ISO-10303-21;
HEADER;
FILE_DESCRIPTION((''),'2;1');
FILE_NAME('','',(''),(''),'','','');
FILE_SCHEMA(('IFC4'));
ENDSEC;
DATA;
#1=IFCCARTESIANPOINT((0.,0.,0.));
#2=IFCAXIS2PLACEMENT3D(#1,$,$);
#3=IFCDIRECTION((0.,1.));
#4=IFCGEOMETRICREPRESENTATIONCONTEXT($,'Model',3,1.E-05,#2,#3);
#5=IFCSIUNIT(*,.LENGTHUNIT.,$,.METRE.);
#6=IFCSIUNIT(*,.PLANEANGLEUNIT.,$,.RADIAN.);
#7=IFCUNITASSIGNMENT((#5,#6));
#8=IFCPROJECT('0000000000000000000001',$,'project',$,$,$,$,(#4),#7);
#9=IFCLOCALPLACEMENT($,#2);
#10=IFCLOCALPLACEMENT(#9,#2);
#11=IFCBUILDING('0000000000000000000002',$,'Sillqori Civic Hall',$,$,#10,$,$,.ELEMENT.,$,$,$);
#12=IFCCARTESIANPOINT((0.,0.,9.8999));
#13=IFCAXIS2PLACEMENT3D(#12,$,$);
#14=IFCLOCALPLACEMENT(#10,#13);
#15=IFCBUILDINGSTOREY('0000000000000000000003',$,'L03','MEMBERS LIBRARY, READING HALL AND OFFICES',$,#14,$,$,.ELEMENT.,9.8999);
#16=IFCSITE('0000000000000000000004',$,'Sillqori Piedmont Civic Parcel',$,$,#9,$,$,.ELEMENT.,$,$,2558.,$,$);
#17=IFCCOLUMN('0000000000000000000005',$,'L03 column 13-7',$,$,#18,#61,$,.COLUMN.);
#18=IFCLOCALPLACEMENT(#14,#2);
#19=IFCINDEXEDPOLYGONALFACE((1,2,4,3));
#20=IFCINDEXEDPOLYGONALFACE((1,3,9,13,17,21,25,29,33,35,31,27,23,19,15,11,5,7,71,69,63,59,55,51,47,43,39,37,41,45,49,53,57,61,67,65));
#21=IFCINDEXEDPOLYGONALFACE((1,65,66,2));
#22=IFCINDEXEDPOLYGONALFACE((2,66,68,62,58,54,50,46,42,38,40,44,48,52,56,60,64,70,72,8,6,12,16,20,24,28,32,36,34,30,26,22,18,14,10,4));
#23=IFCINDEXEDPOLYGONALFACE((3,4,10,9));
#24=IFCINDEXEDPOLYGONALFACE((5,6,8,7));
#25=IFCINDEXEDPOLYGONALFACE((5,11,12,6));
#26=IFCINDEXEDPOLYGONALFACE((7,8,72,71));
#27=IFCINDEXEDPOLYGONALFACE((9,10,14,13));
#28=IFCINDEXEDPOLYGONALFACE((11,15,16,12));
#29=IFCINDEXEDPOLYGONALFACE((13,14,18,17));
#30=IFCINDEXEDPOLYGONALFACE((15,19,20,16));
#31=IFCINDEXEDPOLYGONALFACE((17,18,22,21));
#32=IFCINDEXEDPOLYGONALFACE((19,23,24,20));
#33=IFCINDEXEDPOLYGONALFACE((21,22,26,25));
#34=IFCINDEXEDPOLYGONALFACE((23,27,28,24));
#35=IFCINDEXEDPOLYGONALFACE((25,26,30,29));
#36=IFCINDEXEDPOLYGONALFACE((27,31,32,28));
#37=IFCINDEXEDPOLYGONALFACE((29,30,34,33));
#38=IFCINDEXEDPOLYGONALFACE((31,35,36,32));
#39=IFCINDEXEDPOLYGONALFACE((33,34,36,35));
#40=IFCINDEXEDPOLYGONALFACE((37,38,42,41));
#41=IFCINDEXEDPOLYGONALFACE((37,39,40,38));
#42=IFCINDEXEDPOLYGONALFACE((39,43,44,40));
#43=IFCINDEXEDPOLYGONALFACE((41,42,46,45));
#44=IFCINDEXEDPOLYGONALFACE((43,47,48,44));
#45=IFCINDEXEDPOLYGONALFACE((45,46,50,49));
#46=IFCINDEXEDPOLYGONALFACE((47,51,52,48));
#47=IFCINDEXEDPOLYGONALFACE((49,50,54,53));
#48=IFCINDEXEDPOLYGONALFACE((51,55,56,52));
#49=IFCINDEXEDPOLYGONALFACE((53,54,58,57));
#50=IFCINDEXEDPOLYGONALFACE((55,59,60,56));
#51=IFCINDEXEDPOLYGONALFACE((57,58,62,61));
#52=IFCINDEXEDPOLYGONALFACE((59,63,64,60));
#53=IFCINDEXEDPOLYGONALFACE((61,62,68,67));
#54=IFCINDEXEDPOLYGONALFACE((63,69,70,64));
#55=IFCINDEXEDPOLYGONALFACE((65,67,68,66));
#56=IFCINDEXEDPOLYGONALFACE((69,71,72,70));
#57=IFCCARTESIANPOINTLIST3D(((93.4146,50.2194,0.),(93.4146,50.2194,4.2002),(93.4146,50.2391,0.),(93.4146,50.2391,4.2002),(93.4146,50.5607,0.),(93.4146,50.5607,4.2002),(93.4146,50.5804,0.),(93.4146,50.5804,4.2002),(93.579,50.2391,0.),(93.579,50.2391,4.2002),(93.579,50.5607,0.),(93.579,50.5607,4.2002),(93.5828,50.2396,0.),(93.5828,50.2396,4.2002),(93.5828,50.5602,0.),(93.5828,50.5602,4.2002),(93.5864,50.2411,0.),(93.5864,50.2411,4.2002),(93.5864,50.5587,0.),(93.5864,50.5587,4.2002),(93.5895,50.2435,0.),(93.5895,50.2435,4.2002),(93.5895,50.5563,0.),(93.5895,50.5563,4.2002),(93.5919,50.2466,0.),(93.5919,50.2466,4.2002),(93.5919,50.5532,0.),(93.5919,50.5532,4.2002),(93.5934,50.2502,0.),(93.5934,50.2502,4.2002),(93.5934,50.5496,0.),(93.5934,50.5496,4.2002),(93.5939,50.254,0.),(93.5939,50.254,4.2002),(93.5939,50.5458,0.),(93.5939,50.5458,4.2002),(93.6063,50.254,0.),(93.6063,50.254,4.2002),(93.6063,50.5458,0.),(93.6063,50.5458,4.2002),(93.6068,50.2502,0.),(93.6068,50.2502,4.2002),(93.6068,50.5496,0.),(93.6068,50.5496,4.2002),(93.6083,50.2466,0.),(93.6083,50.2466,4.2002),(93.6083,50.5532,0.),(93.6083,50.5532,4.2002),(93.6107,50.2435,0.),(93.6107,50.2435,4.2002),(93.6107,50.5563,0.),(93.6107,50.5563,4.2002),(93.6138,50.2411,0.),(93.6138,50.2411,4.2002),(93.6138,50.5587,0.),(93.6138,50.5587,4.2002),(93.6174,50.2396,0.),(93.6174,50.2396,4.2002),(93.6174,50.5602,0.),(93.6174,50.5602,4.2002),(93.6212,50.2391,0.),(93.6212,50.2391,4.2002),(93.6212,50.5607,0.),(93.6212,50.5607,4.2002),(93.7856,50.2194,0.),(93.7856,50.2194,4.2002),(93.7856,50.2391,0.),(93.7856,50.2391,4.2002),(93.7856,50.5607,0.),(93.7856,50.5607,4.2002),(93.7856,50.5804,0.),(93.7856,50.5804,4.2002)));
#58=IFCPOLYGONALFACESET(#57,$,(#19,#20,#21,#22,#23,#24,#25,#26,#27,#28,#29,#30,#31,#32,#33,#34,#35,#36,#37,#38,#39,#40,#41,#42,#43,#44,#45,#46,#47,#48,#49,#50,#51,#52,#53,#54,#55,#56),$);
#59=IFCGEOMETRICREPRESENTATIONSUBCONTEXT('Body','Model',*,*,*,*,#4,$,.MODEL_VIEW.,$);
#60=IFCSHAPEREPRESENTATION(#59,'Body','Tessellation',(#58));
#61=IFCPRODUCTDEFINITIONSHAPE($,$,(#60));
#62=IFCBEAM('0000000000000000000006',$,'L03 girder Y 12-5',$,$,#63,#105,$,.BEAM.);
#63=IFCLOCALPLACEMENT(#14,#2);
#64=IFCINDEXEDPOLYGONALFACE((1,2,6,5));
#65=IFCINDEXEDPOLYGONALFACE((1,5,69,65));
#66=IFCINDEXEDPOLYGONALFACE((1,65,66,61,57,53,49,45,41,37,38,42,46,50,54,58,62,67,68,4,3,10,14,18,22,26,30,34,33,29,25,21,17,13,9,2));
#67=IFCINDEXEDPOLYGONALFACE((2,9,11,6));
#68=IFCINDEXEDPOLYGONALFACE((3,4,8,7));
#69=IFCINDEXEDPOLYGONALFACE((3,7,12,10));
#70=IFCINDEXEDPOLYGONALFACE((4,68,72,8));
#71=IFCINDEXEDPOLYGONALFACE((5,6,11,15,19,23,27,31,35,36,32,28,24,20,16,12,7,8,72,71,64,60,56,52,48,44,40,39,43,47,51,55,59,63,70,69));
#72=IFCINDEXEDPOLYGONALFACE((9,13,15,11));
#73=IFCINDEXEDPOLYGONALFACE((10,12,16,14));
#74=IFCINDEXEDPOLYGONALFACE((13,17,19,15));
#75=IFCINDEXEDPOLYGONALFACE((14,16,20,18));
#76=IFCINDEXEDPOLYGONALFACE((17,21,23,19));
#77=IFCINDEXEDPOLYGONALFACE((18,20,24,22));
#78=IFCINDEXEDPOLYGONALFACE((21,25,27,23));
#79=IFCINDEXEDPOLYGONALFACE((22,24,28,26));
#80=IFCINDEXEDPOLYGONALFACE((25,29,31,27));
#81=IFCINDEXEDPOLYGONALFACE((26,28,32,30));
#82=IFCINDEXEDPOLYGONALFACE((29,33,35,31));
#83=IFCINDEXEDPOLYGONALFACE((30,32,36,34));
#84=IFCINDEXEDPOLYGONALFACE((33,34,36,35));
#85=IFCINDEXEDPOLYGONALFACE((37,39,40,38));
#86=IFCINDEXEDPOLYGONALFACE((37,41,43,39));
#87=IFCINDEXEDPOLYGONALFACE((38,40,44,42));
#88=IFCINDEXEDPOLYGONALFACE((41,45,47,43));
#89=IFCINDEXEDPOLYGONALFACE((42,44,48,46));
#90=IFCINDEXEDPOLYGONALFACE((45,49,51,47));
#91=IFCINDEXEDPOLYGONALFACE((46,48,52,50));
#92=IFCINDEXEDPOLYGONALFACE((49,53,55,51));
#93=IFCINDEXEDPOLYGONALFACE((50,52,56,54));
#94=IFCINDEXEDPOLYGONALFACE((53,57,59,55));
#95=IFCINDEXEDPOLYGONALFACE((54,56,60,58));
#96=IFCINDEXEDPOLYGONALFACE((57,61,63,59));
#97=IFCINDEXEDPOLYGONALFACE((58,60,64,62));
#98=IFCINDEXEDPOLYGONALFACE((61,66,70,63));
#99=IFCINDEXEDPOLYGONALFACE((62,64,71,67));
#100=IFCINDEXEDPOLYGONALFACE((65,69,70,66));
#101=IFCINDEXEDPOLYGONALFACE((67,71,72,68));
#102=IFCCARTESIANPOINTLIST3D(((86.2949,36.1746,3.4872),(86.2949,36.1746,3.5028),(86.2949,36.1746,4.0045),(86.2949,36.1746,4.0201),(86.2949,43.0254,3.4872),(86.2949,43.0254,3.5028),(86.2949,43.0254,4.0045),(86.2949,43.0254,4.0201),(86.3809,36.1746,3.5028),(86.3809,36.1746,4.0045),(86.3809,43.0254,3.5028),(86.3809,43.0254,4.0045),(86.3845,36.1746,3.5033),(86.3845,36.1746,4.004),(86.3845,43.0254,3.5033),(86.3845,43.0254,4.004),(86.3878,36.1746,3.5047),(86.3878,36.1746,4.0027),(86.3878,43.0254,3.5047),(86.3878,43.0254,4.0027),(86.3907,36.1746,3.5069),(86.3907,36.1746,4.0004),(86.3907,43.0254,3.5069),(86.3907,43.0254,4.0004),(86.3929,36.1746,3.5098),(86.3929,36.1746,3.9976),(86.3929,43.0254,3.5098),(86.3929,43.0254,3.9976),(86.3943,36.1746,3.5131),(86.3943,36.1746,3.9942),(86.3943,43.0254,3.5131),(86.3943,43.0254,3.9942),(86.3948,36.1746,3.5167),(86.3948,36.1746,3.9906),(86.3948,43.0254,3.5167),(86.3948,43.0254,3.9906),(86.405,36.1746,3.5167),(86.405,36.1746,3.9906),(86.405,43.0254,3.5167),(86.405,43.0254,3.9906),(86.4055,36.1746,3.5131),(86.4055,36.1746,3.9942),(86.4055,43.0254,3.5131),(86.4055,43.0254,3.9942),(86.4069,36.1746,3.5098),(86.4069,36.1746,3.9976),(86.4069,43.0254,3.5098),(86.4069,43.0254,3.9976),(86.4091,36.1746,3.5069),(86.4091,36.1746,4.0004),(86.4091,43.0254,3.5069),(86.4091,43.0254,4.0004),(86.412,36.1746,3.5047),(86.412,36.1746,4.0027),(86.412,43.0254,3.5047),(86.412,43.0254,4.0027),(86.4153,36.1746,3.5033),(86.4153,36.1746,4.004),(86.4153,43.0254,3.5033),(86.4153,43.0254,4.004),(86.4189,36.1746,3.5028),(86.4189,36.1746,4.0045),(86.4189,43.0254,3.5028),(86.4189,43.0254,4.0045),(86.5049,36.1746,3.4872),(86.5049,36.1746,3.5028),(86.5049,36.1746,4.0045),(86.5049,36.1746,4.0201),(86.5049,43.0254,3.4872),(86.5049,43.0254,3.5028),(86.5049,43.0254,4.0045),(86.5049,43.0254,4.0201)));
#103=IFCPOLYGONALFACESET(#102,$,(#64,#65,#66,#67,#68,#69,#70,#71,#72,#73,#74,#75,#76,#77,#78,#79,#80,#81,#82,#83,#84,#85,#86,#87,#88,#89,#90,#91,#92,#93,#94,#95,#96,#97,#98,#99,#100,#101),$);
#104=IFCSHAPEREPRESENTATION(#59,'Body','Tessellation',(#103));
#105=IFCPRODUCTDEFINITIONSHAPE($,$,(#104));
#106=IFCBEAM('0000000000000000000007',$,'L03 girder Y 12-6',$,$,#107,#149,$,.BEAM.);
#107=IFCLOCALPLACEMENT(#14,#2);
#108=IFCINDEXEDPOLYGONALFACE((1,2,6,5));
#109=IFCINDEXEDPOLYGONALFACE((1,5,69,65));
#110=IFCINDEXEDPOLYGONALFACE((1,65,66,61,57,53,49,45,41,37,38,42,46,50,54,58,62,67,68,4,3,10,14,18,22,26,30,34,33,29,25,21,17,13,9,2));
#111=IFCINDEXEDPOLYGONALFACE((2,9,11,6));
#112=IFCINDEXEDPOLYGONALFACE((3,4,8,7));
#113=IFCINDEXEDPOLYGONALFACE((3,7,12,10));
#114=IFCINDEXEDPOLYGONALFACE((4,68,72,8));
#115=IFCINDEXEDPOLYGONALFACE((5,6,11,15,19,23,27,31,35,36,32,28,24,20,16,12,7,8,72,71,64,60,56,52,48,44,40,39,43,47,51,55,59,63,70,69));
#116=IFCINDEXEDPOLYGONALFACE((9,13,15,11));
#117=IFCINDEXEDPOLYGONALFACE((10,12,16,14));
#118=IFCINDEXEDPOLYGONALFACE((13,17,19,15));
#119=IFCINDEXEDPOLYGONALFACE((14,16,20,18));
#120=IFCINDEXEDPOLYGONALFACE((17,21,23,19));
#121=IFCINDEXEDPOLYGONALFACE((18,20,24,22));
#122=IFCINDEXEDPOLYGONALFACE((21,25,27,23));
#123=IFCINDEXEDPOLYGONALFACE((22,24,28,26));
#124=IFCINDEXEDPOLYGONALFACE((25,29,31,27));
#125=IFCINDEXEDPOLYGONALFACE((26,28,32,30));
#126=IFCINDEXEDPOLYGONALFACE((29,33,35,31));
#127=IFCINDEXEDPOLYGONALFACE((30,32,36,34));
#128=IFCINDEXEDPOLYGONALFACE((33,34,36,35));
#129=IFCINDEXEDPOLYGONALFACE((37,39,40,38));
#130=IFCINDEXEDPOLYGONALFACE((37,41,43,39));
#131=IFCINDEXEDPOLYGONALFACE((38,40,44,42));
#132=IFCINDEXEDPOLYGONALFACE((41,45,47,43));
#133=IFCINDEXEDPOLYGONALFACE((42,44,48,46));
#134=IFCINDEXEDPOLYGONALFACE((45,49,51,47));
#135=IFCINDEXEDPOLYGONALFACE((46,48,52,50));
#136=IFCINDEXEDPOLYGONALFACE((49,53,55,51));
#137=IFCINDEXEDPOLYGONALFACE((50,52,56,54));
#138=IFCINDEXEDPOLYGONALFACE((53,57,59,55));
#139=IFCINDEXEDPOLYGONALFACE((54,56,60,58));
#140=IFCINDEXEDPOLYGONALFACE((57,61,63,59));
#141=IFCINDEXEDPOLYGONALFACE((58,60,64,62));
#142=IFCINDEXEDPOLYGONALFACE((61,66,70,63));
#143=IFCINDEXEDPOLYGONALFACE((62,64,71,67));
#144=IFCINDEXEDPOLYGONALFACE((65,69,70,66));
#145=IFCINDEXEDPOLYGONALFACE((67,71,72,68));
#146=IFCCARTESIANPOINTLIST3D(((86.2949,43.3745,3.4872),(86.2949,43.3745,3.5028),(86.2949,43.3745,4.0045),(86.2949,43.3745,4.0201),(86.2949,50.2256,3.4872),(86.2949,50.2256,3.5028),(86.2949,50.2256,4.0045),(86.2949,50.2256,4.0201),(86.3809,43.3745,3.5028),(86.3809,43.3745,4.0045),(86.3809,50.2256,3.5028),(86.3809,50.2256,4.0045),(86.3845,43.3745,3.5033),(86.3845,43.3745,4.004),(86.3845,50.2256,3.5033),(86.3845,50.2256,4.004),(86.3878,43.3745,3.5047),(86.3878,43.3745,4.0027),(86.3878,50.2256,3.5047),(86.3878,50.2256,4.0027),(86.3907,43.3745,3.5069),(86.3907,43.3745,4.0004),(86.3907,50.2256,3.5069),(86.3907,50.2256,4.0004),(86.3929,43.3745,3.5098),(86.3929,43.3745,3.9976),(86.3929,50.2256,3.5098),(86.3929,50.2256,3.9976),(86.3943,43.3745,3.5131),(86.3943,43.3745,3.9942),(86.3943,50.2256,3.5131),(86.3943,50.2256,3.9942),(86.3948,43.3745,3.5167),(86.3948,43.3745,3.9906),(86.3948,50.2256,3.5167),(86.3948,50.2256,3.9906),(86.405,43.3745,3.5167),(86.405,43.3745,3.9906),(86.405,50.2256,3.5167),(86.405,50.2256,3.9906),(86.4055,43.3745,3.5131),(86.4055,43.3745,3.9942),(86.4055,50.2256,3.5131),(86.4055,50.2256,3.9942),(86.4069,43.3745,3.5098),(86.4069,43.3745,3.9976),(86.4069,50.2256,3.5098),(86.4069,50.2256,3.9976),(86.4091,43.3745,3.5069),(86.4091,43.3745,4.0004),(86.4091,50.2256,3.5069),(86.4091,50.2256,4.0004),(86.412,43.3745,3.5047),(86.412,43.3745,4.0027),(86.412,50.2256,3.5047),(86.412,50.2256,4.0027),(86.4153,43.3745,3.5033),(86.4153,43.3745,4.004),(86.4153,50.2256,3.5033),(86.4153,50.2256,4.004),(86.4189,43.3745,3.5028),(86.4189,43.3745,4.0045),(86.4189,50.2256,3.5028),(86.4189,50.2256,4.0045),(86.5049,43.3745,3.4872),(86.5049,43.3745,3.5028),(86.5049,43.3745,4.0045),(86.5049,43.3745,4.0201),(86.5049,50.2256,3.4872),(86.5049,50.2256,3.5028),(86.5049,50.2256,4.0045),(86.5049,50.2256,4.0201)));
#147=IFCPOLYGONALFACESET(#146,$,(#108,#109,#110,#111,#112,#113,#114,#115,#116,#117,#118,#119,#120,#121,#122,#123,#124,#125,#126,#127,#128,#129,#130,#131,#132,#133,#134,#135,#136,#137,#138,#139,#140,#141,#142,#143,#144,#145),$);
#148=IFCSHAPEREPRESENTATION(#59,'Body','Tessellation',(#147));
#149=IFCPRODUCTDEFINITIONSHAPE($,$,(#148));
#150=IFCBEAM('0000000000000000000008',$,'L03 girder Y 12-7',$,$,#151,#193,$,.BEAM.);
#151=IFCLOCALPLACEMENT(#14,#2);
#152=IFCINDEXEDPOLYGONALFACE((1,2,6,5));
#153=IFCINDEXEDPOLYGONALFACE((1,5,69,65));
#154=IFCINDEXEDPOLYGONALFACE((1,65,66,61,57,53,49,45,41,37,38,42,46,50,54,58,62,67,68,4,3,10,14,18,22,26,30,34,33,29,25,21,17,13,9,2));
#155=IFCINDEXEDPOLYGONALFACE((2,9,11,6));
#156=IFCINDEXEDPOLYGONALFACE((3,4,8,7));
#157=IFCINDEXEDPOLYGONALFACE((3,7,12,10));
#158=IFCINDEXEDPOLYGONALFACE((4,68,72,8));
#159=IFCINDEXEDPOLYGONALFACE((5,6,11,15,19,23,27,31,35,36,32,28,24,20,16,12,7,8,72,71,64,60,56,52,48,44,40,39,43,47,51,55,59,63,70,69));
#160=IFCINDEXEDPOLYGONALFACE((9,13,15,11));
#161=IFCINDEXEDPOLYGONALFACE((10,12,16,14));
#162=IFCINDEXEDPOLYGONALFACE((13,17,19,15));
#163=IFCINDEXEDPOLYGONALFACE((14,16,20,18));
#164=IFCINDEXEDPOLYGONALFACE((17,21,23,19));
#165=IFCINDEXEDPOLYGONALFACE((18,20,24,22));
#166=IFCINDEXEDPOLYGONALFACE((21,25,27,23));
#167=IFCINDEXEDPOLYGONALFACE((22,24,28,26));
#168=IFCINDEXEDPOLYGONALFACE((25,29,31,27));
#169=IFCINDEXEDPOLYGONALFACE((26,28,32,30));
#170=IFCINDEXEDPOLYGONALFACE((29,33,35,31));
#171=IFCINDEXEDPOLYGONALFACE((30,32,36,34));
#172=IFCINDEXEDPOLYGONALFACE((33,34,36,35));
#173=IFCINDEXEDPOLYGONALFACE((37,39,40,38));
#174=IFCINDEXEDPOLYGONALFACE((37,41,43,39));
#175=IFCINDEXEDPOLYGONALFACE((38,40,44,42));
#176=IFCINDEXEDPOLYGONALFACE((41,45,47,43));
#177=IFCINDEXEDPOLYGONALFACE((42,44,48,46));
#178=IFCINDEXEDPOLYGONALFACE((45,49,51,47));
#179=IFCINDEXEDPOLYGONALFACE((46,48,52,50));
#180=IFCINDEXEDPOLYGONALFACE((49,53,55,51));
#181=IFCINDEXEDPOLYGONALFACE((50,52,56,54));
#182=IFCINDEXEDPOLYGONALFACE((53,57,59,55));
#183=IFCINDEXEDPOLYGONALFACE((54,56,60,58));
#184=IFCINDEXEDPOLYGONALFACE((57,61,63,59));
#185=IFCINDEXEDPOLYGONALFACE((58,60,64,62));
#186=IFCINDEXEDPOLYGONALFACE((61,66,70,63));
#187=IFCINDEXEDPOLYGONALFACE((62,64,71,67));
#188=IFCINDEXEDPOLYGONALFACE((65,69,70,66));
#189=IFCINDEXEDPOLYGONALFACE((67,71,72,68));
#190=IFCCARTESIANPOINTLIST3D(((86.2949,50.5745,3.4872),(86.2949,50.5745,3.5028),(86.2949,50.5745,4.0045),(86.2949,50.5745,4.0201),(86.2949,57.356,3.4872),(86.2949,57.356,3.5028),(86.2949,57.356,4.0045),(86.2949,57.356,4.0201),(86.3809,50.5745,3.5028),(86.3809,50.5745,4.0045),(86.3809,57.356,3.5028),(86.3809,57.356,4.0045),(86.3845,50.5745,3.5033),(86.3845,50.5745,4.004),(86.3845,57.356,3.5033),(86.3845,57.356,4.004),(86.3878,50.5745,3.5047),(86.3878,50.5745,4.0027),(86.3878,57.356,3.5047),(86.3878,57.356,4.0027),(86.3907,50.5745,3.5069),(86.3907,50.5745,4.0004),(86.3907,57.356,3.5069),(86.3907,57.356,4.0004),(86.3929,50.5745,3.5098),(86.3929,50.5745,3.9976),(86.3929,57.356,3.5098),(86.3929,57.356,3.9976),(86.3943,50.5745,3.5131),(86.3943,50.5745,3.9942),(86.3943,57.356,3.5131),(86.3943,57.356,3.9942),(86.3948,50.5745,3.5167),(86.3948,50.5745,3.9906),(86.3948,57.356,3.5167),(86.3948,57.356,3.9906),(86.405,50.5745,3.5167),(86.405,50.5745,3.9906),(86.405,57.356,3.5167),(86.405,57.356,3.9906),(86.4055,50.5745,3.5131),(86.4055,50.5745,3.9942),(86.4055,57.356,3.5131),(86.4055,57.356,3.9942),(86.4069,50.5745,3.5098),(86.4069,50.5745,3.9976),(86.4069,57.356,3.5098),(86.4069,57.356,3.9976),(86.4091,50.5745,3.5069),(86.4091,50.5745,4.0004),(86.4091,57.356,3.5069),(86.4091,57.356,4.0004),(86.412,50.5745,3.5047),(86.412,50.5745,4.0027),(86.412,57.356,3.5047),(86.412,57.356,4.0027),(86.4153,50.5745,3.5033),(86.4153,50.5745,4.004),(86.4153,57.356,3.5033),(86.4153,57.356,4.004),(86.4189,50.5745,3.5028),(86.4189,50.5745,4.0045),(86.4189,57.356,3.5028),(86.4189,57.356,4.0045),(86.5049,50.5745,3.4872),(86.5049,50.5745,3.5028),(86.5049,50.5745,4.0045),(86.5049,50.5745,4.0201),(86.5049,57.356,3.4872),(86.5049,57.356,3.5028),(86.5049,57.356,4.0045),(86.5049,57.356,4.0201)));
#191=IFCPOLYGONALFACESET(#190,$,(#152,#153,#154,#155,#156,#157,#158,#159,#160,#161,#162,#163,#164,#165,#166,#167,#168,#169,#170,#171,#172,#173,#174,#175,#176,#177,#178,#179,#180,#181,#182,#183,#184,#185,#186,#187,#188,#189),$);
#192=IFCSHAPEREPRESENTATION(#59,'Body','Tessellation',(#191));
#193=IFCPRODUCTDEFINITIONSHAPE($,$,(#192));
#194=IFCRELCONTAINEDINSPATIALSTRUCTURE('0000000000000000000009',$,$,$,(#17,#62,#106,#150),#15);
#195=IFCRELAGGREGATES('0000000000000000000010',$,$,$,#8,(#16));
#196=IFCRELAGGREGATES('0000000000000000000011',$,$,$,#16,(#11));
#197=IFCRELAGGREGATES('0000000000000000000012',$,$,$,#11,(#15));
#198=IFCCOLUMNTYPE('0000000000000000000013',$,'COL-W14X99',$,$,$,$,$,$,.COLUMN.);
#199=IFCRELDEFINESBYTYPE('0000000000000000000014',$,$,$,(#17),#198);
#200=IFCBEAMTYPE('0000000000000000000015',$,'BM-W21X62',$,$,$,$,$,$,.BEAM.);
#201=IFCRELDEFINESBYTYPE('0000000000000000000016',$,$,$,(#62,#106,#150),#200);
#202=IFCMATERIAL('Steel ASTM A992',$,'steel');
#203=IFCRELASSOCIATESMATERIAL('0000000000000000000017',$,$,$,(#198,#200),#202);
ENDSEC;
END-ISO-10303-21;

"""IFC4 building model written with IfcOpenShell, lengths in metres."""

from ifc_helpers import new_model, si_unit, direction, frame, origin, origin_2d, place, context, subcontext, project, spatial, i_section, extrude, material, material_profile, profile_set, type_object, element, save


model = new_model("IFC4")

# Units and contexts
model_context = context("Model", 3, precision=1e-05, world=origin(), true_north=direction((0.0, 1.0)))
body_context = subcontext(model_context, "Body", "Model", "MODEL_VIEW")
ifc_project = project(units=[si_unit("LENGTHUNIT", "METRE"), si_unit("PLANEANGLEUNIT", "RADIAN")], contexts=[model_context])

# Site, building, storey
site_placement = place(None, origin())
site = spatial("IfcSite", under=ifc_project, at=site_placement, Name="Sillqori Piedmont Civic Parcel", CompositionType="ELEMENT", RefElevation=2558.0)
building_placement = place(site_placement, origin())
building = spatial("IfcBuilding", under=site, at=building_placement, Name="Sillqori Civic Hall", CompositionType="ELEMENT")
storey_placement = place(building_placement, frame((0.0, 0.0, 9.8999)))
storey = spatial("IfcBuildingStorey", under=building, at=storey_placement, Name="L03", Description="MEMBERS LIBRARY, READING HALL AND OFFICES", CompositionType="ELEMENT", Elevation=9.8999)

# Column
ifc_material_1 = material(Name="Steel ASTM A992", Category="steel")
ifc_material_profile_1 = material_profile(ifc_material_1, i_section(OverallWidth=0.3711, OverallDepth=0.3611, WebThickness=0.0125, FlangeThickness=0.0198, FilletRadius=0.0149, at=origin_2d()), Name="W14X99")
ifc_profile_set_1 = profile_set([ifc_material_profile_1], Name="Steel ASTM A992")
column_type = type_object("IfcColumnType", Name="COL-W14X99", PredefinedType="COLUMN", material=ifc_profile_set_1)
for number, where, z_axis, x_axis, name in (
    (1, (93.6001, 50.3999, 0.0), (0.0, 0.0, 1.0), (1.0, 0.0, 0.0), "L03 column 13-7"),
):
    element("IfcColumn", number, at=place(storey_placement, frame(where, z_axis=z_axis, x_axis=x_axis)), inside=storey, type_object=column_type, Name=name, PredefinedType="COLUMN", context=body_context, shape_type="SweptSolid", body=[
        extrude(i_section(OverallWidth=0.3711, OverallDepth=0.3611, WebThickness=0.0125, FlangeThickness=0.0198, FilletRadius=0.0149, at=origin_2d()), origin(), (0.0, 0.0, 1.0), 4.2002),
    ])

# Beams
ifc_material_profile_2 = material_profile(ifc_material_1, i_section(OverallWidth=0.21, OverallDepth=0.533, WebThickness=0.0103, FlangeThickness=0.0156, FilletRadius=0.0139, at=origin_2d()), Name="W21X62")
ifc_profile_set_2 = profile_set([ifc_material_profile_2], Name="Steel ASTM A992")
beam_type_1 = type_object("IfcBeamType", Name="BM-W21X62", PredefinedType="BEAM", material=ifc_profile_set_2)
beam_1_placement = place(storey_placement, frame((86.3999, 36.1746, 3.7537), z_axis=(0.0, 1.0, 0.0), x_axis=(-1.0, 0.0, 0.0)))
element("IfcBeam", 2, at=beam_1_placement, inside=storey, type_object=beam_type_1, Name="L03 girder Y 12-5", PredefinedType="BEAM", context=body_context, shape_type="SweptSolid", body=[
    extrude(i_section(OverallWidth=0.21, OverallDepth=0.533, WebThickness=0.0103, FlangeThickness=0.0156, FilletRadius=0.0139, at=origin_2d()), origin(), (0.0, 0.0, 1.0), 6.8508),
])
beam_2_placement = place(storey_placement, frame((86.3999, 43.3745, 3.7537), z_axis=(0.0, 1.0, 0.0), x_axis=(-1.0, 0.0, 0.0)))
element("IfcBeam", 3, at=beam_2_placement, inside=storey, type_object=beam_type_1, Name="L03 girder Y 12-6", PredefinedType="BEAM", context=body_context, shape_type="SweptSolid", body=[
    extrude(i_section(OverallWidth=0.21, OverallDepth=0.533, WebThickness=0.0103, FlangeThickness=0.0156, FilletRadius=0.0139, at=origin_2d()), origin(), (0.0, 0.0, 1.0), 6.8511),
])
beam_3_placement = place(storey_placement, frame((86.3999, 50.5745, 3.7537), z_axis=(0.0, 1.0, 0.0), x_axis=(-1.0, 0.0, 0.0)))
element("IfcBeam", 4, at=beam_3_placement, inside=storey, type_object=beam_type_1, Name="L03 girder Y 12-7", PredefinedType="BEAM", context=body_context, shape_type="SweptSolid", body=[
    extrude(i_section(OverallWidth=0.21, OverallDepth=0.533, WebThickness=0.0103, FlangeThickness=0.0156, FilletRadius=0.0139, at=origin_2d()), origin(), (0.0, 0.0, 1.0), 6.7815),
])

save(model, "model.ifc")
